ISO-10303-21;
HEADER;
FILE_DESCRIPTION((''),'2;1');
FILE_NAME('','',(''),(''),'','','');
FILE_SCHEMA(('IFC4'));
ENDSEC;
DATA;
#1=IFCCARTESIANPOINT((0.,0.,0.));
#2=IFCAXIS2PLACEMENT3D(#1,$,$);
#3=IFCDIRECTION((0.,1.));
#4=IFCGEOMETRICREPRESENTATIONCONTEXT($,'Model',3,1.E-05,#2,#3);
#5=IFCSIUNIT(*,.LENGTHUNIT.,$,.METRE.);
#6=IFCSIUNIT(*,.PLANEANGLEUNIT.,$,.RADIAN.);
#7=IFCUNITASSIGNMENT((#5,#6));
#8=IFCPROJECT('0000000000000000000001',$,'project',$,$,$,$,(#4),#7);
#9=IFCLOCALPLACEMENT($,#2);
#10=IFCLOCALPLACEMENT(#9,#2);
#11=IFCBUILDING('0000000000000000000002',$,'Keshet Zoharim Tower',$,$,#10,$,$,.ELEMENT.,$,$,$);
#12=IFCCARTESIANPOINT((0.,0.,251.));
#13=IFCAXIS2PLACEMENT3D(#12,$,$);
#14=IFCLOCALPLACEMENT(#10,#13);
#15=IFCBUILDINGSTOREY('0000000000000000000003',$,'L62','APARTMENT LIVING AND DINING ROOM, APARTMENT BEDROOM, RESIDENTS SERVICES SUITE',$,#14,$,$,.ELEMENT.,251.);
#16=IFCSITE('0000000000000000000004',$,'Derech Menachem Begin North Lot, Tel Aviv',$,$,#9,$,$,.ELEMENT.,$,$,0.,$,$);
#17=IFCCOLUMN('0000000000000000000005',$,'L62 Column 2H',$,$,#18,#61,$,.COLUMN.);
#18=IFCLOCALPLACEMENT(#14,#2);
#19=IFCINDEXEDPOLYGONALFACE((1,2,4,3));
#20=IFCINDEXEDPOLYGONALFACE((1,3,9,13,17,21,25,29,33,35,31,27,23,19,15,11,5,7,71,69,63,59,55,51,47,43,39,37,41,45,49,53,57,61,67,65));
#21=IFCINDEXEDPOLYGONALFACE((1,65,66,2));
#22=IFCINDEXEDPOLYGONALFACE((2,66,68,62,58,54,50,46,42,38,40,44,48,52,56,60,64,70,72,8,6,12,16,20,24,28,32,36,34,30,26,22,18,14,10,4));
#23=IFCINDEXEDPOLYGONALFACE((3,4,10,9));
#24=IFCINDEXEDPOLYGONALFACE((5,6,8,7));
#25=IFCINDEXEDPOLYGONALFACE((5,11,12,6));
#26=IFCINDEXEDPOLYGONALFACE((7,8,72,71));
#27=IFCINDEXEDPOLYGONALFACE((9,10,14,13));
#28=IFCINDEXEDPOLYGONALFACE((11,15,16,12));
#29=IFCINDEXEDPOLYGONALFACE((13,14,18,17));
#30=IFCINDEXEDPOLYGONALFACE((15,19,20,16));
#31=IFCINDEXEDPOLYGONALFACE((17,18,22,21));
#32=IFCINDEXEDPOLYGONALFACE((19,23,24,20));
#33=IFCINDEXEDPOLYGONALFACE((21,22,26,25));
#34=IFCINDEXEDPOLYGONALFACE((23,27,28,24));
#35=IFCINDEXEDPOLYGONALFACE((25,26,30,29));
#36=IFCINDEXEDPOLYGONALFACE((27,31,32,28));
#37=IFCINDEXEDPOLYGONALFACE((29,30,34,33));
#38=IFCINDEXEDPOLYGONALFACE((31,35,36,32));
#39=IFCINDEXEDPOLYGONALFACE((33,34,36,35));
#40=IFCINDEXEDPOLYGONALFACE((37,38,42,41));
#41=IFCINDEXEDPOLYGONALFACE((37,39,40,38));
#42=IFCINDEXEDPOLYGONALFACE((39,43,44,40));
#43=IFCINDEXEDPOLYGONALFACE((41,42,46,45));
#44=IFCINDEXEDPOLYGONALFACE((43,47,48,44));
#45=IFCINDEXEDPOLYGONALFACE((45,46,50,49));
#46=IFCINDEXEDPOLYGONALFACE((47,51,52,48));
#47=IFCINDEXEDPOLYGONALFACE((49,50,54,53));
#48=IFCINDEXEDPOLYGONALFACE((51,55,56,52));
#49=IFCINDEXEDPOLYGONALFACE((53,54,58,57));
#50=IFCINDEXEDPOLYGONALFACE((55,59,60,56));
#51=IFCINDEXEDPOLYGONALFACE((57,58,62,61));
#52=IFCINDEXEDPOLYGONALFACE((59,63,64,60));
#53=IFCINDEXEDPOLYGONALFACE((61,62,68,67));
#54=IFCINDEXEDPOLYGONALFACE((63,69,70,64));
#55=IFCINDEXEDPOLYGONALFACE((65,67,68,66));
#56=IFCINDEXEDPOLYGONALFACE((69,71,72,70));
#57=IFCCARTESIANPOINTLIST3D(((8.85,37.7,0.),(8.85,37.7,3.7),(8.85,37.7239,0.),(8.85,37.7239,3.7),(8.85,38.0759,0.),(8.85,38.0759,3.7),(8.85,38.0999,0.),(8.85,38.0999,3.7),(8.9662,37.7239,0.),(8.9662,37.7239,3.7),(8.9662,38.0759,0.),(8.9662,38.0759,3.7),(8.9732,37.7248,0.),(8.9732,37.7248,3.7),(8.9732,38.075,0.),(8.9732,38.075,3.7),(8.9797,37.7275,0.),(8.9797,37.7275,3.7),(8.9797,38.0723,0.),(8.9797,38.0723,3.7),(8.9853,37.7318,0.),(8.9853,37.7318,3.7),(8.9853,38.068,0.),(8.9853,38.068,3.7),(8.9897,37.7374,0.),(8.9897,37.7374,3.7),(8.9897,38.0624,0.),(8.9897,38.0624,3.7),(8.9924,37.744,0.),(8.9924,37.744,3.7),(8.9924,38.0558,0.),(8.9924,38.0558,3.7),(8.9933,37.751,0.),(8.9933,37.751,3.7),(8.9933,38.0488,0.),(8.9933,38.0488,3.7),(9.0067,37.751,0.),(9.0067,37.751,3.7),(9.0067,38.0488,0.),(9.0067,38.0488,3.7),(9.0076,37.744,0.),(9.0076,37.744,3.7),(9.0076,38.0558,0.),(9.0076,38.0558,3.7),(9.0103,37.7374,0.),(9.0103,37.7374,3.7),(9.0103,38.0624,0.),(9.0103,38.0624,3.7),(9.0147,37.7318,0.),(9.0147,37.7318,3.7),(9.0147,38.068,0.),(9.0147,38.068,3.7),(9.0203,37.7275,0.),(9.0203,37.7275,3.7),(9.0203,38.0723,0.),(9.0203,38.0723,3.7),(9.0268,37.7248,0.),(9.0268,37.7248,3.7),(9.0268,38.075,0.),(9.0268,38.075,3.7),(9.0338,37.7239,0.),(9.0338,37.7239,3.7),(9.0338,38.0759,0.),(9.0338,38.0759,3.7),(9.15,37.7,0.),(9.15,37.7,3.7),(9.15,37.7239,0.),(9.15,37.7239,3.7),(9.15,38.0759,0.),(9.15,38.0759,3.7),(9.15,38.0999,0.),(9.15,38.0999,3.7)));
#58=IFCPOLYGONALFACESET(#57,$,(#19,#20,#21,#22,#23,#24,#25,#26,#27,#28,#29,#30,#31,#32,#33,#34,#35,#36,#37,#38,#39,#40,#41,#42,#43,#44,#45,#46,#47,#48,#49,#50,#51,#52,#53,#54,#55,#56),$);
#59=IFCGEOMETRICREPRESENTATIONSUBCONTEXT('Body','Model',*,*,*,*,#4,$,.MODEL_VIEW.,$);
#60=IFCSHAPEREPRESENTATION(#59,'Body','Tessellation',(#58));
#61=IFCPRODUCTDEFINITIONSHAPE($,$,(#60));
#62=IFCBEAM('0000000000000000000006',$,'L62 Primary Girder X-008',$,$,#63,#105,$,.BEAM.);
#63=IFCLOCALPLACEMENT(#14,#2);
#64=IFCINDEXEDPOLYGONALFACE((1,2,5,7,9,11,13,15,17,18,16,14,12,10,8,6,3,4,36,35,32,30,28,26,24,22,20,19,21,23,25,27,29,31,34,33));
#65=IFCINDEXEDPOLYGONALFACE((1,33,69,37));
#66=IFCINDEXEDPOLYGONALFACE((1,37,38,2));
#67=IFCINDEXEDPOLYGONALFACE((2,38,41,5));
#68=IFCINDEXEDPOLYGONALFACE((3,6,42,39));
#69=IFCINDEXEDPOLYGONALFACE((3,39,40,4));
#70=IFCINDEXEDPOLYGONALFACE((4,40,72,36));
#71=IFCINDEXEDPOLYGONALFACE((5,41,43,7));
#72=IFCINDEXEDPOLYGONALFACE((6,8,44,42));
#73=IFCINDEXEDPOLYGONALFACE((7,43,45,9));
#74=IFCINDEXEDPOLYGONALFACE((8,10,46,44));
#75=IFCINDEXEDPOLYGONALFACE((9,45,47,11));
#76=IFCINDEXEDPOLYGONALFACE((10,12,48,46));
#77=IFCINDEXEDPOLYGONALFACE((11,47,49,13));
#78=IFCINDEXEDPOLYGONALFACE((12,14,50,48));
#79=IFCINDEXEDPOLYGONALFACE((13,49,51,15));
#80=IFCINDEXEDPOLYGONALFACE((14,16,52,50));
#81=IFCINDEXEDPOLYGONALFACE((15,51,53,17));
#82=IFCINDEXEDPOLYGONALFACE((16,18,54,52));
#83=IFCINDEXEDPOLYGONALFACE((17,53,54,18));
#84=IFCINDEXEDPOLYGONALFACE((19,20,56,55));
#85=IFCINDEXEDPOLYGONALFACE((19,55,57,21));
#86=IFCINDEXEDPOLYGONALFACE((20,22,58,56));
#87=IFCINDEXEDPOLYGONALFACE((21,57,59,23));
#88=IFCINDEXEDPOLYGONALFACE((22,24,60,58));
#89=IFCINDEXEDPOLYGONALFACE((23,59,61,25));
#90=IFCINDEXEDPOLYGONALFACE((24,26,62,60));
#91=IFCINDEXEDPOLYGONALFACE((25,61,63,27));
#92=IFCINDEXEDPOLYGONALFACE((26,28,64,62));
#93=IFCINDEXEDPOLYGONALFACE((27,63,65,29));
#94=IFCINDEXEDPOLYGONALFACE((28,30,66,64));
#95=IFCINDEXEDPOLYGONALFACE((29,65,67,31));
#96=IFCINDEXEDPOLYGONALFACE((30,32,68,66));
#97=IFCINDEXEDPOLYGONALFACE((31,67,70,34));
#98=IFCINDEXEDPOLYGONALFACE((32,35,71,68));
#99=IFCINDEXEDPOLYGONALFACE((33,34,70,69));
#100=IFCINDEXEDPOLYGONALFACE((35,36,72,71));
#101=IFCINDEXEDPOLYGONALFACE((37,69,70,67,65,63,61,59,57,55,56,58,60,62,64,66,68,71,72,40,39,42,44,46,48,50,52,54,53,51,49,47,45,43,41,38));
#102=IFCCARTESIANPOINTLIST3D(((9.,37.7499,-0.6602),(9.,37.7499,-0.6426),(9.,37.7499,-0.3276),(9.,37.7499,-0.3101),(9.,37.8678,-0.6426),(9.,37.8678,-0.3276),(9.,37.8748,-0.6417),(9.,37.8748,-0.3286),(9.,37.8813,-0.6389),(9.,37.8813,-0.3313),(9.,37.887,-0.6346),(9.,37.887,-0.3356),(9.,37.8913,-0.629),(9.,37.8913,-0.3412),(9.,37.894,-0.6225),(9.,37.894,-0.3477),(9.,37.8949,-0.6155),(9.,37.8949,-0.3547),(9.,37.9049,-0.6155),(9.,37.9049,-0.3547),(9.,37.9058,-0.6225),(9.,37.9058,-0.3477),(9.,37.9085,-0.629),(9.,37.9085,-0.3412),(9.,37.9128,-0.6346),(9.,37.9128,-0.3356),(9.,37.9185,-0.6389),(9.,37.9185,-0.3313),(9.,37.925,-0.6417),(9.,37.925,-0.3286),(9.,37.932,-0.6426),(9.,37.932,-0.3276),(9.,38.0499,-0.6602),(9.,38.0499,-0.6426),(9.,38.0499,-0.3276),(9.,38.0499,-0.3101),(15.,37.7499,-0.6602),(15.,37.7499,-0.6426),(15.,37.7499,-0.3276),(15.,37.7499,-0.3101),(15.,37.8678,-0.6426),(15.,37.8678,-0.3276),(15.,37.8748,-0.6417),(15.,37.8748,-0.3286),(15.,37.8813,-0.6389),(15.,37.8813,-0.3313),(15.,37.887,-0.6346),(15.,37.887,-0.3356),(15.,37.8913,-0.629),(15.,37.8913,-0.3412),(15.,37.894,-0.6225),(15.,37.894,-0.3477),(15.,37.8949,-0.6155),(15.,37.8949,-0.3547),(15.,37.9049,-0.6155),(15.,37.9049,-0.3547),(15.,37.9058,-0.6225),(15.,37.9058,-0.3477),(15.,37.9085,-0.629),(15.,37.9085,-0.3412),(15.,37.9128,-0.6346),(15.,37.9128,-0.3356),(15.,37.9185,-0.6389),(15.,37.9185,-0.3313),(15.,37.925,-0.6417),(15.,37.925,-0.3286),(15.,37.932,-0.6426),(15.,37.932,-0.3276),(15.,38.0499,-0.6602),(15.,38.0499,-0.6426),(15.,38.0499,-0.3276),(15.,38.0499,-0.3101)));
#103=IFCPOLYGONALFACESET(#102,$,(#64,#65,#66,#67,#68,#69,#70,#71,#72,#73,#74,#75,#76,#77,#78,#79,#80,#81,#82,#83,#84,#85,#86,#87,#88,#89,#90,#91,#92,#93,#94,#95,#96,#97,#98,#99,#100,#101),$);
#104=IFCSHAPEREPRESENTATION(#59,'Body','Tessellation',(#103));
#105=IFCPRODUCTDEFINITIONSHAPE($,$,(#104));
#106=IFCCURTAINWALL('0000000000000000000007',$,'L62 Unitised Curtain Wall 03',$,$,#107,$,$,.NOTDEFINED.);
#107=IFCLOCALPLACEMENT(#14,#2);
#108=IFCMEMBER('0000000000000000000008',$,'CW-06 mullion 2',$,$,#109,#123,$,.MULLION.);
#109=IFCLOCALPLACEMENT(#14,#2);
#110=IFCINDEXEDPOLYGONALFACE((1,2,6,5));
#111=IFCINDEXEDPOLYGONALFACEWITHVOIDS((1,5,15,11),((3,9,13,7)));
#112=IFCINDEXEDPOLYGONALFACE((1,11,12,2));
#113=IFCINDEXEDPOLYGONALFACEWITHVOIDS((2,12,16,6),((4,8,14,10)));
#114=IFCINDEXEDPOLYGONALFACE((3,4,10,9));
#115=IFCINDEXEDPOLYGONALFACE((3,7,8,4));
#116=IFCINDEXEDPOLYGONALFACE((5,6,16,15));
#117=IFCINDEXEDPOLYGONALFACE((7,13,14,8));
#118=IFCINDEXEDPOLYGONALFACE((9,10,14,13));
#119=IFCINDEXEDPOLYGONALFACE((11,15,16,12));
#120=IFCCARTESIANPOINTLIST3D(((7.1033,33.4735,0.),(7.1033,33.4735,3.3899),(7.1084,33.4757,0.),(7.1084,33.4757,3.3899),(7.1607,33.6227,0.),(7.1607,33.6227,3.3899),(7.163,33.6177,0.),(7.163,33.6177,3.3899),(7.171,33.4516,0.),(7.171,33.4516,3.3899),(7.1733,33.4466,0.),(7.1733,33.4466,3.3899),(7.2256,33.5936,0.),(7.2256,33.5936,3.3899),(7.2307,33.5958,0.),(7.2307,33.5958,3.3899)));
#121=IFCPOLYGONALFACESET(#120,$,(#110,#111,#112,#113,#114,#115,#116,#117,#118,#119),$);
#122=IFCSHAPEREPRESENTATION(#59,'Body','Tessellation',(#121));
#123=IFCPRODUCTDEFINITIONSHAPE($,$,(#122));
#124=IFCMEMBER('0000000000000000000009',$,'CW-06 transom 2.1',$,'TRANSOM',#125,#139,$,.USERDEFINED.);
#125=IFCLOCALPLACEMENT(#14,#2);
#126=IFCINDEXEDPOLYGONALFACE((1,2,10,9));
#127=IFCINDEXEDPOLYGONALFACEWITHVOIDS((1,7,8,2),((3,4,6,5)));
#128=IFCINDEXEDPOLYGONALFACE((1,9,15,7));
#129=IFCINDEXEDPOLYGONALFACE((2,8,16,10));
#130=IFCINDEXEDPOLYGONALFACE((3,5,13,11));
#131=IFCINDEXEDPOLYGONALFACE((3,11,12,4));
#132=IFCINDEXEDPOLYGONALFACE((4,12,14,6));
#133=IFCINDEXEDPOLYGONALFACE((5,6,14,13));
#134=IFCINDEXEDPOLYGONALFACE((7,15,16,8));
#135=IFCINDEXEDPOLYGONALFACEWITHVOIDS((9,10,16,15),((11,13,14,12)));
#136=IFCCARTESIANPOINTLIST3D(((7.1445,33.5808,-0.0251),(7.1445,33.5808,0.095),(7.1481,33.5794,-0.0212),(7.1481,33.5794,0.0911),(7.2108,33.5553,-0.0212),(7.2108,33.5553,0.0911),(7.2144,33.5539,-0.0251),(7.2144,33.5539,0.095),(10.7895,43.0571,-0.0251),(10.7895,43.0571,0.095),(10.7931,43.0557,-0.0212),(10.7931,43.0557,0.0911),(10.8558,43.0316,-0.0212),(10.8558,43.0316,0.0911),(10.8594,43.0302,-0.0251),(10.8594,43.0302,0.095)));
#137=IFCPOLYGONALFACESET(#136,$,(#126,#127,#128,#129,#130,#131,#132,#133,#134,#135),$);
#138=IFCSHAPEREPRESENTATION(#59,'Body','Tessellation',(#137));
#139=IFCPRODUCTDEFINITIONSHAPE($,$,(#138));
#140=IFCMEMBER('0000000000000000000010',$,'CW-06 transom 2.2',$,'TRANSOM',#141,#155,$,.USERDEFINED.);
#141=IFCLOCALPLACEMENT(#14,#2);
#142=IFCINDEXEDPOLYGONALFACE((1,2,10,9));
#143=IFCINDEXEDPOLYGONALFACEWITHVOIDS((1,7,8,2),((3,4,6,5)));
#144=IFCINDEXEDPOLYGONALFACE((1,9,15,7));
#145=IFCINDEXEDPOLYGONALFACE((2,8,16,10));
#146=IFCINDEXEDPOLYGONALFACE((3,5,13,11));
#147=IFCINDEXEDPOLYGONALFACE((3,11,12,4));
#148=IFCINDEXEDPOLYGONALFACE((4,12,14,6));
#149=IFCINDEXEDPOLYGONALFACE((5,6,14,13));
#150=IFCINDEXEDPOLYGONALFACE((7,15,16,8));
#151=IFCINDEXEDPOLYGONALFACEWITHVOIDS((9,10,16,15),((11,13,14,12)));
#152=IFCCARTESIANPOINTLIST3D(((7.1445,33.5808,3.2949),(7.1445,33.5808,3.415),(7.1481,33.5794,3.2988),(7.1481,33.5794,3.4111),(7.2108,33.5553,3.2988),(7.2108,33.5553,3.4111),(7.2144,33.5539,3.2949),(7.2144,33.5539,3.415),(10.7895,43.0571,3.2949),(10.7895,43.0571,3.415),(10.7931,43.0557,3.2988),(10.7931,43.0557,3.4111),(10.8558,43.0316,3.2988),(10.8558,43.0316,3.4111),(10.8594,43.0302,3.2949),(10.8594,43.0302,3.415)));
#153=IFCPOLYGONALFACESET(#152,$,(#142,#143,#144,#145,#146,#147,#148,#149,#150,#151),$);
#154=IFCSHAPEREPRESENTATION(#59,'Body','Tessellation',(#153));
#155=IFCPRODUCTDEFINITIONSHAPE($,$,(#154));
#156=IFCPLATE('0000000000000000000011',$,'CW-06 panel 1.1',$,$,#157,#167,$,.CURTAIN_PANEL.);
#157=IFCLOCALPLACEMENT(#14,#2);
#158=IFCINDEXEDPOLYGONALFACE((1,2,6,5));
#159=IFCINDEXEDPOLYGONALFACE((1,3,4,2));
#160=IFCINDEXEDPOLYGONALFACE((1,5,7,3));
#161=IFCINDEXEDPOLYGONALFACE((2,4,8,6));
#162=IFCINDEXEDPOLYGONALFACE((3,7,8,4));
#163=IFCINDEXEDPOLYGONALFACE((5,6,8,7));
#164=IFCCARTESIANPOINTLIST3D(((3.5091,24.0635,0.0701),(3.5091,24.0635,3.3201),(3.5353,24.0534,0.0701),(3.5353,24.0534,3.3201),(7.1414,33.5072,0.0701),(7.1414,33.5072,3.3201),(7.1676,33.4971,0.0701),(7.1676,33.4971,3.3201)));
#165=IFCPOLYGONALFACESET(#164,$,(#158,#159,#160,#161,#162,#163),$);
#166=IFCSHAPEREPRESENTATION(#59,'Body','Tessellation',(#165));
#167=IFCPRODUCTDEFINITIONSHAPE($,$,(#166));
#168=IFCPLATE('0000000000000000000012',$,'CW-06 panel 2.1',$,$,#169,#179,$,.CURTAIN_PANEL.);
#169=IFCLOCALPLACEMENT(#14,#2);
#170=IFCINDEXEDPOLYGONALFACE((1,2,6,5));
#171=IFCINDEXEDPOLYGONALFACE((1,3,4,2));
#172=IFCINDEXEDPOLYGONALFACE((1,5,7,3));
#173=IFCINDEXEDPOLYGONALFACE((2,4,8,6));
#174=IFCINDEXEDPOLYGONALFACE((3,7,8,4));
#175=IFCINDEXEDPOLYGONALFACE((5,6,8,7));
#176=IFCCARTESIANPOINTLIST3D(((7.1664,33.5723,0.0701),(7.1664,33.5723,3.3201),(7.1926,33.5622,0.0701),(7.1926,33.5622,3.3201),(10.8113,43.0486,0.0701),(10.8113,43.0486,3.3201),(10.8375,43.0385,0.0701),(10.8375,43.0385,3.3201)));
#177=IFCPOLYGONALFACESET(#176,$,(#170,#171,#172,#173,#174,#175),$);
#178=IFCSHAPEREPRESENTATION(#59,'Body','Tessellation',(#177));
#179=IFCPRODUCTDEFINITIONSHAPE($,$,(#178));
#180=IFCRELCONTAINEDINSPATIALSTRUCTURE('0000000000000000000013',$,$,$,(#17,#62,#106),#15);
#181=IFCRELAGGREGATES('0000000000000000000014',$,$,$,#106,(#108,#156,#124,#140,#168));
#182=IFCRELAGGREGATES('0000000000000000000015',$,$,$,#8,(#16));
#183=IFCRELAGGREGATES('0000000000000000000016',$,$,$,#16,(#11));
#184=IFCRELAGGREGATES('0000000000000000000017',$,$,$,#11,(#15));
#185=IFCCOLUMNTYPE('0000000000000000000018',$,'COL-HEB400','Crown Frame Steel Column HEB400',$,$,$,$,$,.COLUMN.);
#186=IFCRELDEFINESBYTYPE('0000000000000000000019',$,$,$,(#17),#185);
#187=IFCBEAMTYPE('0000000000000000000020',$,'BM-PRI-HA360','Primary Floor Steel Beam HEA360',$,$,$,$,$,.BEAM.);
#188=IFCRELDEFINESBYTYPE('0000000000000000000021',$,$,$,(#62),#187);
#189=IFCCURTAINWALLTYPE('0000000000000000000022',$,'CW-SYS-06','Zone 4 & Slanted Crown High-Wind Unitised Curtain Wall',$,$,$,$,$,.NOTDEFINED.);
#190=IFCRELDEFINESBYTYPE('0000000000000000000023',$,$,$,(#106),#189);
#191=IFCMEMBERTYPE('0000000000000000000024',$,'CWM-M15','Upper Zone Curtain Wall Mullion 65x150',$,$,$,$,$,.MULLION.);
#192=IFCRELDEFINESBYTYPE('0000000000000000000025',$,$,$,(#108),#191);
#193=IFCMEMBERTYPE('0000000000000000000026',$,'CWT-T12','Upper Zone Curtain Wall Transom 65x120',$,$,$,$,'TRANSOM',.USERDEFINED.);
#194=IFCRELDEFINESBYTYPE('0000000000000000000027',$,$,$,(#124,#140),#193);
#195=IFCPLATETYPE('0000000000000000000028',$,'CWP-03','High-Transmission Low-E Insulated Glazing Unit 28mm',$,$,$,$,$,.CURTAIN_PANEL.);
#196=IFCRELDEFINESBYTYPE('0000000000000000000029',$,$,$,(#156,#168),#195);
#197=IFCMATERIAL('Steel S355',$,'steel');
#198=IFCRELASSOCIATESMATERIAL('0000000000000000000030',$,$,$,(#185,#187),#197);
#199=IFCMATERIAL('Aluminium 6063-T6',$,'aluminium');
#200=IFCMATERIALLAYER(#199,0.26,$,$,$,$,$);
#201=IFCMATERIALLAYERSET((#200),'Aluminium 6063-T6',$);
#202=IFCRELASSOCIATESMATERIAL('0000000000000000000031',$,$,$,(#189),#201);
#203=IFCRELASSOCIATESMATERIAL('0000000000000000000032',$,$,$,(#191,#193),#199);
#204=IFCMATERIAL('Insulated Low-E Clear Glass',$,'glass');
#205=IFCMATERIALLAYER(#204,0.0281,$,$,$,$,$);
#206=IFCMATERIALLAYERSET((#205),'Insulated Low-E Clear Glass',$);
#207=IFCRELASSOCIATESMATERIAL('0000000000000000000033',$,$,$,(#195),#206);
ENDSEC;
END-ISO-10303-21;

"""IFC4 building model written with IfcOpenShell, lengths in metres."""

from ifc_helpers import new_model, si_unit, direction, frame, origin, origin_2d, place, context, subcontext, project, spatial, rectangle, hollow_rectangle, i_section, extrude, material, layer, layer_set, material_profile, profile_set, type_object, element, aggregate, save


model = new_model("IFC4")

# Units and contexts
model_context = context("Model", 3, precision=1e-05, world=origin(), true_north=direction((0.0, 1.0)))
body_context = subcontext(model_context, "Body", "Model", "MODEL_VIEW")
ifc_project = project(units=[si_unit("LENGTHUNIT", "METRE"), si_unit("PLANEANGLEUNIT", "RADIAN")], contexts=[model_context])

# Site, building, storey
site_placement = place(None, origin())
site = spatial("IfcSite", under=ifc_project, at=site_placement, Name="Derech Menachem Begin North Lot, Tel Aviv", CompositionType="ELEMENT", RefElevation=0.0)
building_placement = place(site_placement, origin())
building = spatial("IfcBuilding", under=site, at=building_placement, Name="Keshet Zoharim Tower", CompositionType="ELEMENT")
storey_placement = place(building_placement, frame((0.0, 0.0, 251.0)))
storey = spatial("IfcBuildingStorey", under=building, at=storey_placement, Name="L62", Description="APARTMENT LIVING AND DINING ROOM, APARTMENT BEDROOM, RESIDENTS SERVICES SUITE", CompositionType="ELEMENT", Elevation=251.0)

# Column
ifc_material_1 = material(Name="Steel S355", Category="steel")
ifc_material_profile_1 = material_profile(ifc_material_1, i_section(OverallWidth=0.3, OverallDepth=0.3999, WebThickness=0.0134, FlangeThickness=0.0239, FilletRadius=0.0271, at=origin_2d()), Name="HEB400")
ifc_profile_set_1 = profile_set([ifc_material_profile_1], Name="Steel S355")
column_type = type_object("IfcColumnType", Name="COL-HEB400", Description="Crown Frame Steel Column HEB400", PredefinedType="COLUMN", material=ifc_profile_set_1)
column_placement = place(storey_placement, frame((9.0, 37.8999, 0.0), z_axis=(0.0, 0.0, 1.0), x_axis=(1.0, 0.0, 0.0)))
element("IfcColumn", 1, at=column_placement, inside=storey, type_object=column_type, Name="L62 Column 2H", PredefinedType="COLUMN", context=body_context, shape_type="SweptSolid", body=[
    extrude(i_section(OverallWidth=0.3, OverallDepth=0.3999, WebThickness=0.0134, FlangeThickness=0.0239, FilletRadius=0.0271, at=origin_2d()), origin(), (0.0, 0.0, 1.0), 3.7),
])

# Beam
ifc_material_profile_2 = material_profile(ifc_material_1, i_section(OverallWidth=0.3, OverallDepth=0.3501, WebThickness=0.01, FlangeThickness=0.0176, FilletRadius=0.0271, at=origin_2d()), Name="HEA360")
ifc_profile_set_2 = profile_set([ifc_material_profile_2], Name="Steel S355")
beam_type = type_object("IfcBeamType", Name="BM-PRI-HA360", Description="Primary Floor Steel Beam HEA360", PredefinedType="BEAM", material=ifc_profile_set_2)
beam_placement = place(storey_placement, frame((9.0, 37.8999, -0.4851), z_axis=(1.0, 0.0, 0.0), x_axis=(0.0, 1.0, 0.0)))
element("IfcBeam", 2, at=beam_placement, inside=storey, type_object=beam_type, Name="L62 Primary Girder X-008", PredefinedType="BEAM", context=body_context, shape_type="SweptSolid", body=[
    extrude(i_section(OverallWidth=0.3, OverallDepth=0.3501, WebThickness=0.01, FlangeThickness=0.0176, FilletRadius=0.0271, at=origin_2d()), origin(), (0.0, 0.0, 1.0), 6.0),
])

# Curtain wall, members, plates
ifc_material_2 = material(Name="Aluminium 6063-T6", Category="aluminium")
ifc_layer_1 = layer(ifc_material_2, 0.26)
ifc_layer_set_1 = layer_set([ifc_layer_1], Name="Aluminium 6063-T6")
curtain_wall_type = type_object("IfcCurtainWallType", Name="CW-SYS-06", Description="Zone 4 & Slanted Crown High-Wind Unitised Curtain Wall", PredefinedType="NOTDEFINED", material=ifc_layer_set_1)
curtain_wall_placement = place(storey_placement, origin())
curtain_wall = element("IfcCurtainWall", 3, at=curtain_wall_placement, inside=storey, type_object=curtain_wall_type, Name="L62 Unitised Curtain Wall 03", PredefinedType="NOTDEFINED")
ifc_material_profile_3 = material_profile(ifc_material_2, hollow_rectangle(XDim=0.075, YDim=0.1599, WallThickness=0.0039, at=origin_2d()), Name="MUL-75x160")
ifc_profile_set_3 = profile_set([ifc_material_profile_3], Name="Aluminium 6063-T6")
member_type_1 = type_object("IfcMemberType", Name="CWM-M15", Description="Upper Zone Curtain Wall Mullion 65x150", PredefinedType="MULLION", material=ifc_profile_set_3)
member_1_placement = place(storey_placement, frame((7.167, 33.5347, 0.0), z_axis=(0.0, 0.0, 1.0), x_axis=(-0.933341, 0.35899, 0.0)))
member_1 = element("IfcMember", 4, at=member_1_placement, type_object=member_type_1, Name="CW-06 mullion 2", PredefinedType="MULLION", context=body_context, shape_type="SweptSolid", body=[
    extrude(hollow_rectangle(XDim=0.075, YDim=0.1599, WallThickness=0.0039, at=origin_2d()), origin(), (0.0, 0.0, 1.0), 3.3899),
])
ifc_material_profile_4 = material_profile(ifc_material_2, hollow_rectangle(XDim=0.075, YDim=0.1201, WallThickness=0.0039, at=origin_2d()), Name="TRN-75x120")
ifc_profile_set_4 = profile_set([ifc_material_profile_4], Name="Aluminium 6063-T6")
member_type_2 = type_object("IfcMemberType", Name="CWT-T12", Description="Upper Zone Curtain Wall Transom 65x120", ElementType="TRANSOM", PredefinedType="USERDEFINED", material=ifc_profile_set_4)
member_2_placement = place(storey_placement, frame((7.1794, 33.5674, 0.0349), z_axis=(0.359003, 0.933336, 0.0), x_axis=(-0.933336, 0.359003, 0.0)))
member_2 = element("IfcMember", 5, at=member_2_placement, type_object=member_type_2, Name="CW-06 transom 2.1", ObjectType="TRANSOM", PredefinedType="USERDEFINED", context=body_context, shape_type="SweptSolid", body=[
    extrude(hollow_rectangle(XDim=0.075, YDim=0.1201, WallThickness=0.0039, at=origin_2d()), origin(), (0.0, 0.0, 1.0), 10.1531),
])
member_3_placement = place(storey_placement, frame((7.1794, 33.5674, 3.355), z_axis=(0.359003, 0.933336, 0.0), x_axis=(-0.933336, 0.359003, 0.0)))
member_3 = element("IfcMember", 6, at=member_3_placement, type_object=member_type_2, Name="CW-06 transom 2.2", ObjectType="TRANSOM", PredefinedType="USERDEFINED", context=body_context, shape_type="SweptSolid", body=[
    extrude(hollow_rectangle(XDim=0.075, YDim=0.1201, WallThickness=0.0039, at=origin_2d()), origin(), (0.0, 0.0, 1.0), 10.1531),
])
ifc_material_3 = material(Name="Insulated Low-E Clear Glass", Category="glass")
ifc_layer_2 = layer(ifc_material_3, 0.0281)
ifc_layer_set_2 = layer_set([ifc_layer_2], Name="Insulated Low-E Clear Glass")
plate_type = type_object("IfcPlateType", Name="CWP-03", Description="High-Transmission Low-E Insulated Glazing Unit 28mm", PredefinedType="CURTAIN_PANEL", material=ifc_layer_set_2)
plate_1_placement = place(storey_placement, frame((5.3384, 28.7803, 0.0701), z_axis=(0.0, 0.0, 1.0), x_axis=(0.35899, 0.933341, 0.0)))
plate_1 = element("IfcPlate", 7, at=plate_1_placement, type_object=plate_type, Name="CW-06 panel 1.1", PredefinedType="CURTAIN_PANEL", context=body_context, shape_type="SweptSolid", body=[
    extrude(rectangle(XDim=10.1182, YDim=0.0281, at=origin_2d()), origin(), (0.0, 0.0, 1.0), 3.25),
])
plate_2_placement = place(storey_placement, frame((9.002, 38.3054, 0.0701), z_axis=(0.0, 0.0, 1.0), x_axis=(0.35899, 0.933341, 0.0)))
plate_2 = element("IfcPlate", 8, at=plate_2_placement, type_object=plate_type, Name="CW-06 panel 2.1", PredefinedType="CURTAIN_PANEL", context=body_context, shape_type="SweptSolid", body=[
    extrude(rectangle(XDim=10.1531, YDim=0.0281, at=origin_2d()), origin(), (0.0, 0.0, 1.0), 3.25),
])
aggregate(curtain_wall, [member_1, plate_1, member_2, member_3, plate_2])

save(model, "model.ifc")
